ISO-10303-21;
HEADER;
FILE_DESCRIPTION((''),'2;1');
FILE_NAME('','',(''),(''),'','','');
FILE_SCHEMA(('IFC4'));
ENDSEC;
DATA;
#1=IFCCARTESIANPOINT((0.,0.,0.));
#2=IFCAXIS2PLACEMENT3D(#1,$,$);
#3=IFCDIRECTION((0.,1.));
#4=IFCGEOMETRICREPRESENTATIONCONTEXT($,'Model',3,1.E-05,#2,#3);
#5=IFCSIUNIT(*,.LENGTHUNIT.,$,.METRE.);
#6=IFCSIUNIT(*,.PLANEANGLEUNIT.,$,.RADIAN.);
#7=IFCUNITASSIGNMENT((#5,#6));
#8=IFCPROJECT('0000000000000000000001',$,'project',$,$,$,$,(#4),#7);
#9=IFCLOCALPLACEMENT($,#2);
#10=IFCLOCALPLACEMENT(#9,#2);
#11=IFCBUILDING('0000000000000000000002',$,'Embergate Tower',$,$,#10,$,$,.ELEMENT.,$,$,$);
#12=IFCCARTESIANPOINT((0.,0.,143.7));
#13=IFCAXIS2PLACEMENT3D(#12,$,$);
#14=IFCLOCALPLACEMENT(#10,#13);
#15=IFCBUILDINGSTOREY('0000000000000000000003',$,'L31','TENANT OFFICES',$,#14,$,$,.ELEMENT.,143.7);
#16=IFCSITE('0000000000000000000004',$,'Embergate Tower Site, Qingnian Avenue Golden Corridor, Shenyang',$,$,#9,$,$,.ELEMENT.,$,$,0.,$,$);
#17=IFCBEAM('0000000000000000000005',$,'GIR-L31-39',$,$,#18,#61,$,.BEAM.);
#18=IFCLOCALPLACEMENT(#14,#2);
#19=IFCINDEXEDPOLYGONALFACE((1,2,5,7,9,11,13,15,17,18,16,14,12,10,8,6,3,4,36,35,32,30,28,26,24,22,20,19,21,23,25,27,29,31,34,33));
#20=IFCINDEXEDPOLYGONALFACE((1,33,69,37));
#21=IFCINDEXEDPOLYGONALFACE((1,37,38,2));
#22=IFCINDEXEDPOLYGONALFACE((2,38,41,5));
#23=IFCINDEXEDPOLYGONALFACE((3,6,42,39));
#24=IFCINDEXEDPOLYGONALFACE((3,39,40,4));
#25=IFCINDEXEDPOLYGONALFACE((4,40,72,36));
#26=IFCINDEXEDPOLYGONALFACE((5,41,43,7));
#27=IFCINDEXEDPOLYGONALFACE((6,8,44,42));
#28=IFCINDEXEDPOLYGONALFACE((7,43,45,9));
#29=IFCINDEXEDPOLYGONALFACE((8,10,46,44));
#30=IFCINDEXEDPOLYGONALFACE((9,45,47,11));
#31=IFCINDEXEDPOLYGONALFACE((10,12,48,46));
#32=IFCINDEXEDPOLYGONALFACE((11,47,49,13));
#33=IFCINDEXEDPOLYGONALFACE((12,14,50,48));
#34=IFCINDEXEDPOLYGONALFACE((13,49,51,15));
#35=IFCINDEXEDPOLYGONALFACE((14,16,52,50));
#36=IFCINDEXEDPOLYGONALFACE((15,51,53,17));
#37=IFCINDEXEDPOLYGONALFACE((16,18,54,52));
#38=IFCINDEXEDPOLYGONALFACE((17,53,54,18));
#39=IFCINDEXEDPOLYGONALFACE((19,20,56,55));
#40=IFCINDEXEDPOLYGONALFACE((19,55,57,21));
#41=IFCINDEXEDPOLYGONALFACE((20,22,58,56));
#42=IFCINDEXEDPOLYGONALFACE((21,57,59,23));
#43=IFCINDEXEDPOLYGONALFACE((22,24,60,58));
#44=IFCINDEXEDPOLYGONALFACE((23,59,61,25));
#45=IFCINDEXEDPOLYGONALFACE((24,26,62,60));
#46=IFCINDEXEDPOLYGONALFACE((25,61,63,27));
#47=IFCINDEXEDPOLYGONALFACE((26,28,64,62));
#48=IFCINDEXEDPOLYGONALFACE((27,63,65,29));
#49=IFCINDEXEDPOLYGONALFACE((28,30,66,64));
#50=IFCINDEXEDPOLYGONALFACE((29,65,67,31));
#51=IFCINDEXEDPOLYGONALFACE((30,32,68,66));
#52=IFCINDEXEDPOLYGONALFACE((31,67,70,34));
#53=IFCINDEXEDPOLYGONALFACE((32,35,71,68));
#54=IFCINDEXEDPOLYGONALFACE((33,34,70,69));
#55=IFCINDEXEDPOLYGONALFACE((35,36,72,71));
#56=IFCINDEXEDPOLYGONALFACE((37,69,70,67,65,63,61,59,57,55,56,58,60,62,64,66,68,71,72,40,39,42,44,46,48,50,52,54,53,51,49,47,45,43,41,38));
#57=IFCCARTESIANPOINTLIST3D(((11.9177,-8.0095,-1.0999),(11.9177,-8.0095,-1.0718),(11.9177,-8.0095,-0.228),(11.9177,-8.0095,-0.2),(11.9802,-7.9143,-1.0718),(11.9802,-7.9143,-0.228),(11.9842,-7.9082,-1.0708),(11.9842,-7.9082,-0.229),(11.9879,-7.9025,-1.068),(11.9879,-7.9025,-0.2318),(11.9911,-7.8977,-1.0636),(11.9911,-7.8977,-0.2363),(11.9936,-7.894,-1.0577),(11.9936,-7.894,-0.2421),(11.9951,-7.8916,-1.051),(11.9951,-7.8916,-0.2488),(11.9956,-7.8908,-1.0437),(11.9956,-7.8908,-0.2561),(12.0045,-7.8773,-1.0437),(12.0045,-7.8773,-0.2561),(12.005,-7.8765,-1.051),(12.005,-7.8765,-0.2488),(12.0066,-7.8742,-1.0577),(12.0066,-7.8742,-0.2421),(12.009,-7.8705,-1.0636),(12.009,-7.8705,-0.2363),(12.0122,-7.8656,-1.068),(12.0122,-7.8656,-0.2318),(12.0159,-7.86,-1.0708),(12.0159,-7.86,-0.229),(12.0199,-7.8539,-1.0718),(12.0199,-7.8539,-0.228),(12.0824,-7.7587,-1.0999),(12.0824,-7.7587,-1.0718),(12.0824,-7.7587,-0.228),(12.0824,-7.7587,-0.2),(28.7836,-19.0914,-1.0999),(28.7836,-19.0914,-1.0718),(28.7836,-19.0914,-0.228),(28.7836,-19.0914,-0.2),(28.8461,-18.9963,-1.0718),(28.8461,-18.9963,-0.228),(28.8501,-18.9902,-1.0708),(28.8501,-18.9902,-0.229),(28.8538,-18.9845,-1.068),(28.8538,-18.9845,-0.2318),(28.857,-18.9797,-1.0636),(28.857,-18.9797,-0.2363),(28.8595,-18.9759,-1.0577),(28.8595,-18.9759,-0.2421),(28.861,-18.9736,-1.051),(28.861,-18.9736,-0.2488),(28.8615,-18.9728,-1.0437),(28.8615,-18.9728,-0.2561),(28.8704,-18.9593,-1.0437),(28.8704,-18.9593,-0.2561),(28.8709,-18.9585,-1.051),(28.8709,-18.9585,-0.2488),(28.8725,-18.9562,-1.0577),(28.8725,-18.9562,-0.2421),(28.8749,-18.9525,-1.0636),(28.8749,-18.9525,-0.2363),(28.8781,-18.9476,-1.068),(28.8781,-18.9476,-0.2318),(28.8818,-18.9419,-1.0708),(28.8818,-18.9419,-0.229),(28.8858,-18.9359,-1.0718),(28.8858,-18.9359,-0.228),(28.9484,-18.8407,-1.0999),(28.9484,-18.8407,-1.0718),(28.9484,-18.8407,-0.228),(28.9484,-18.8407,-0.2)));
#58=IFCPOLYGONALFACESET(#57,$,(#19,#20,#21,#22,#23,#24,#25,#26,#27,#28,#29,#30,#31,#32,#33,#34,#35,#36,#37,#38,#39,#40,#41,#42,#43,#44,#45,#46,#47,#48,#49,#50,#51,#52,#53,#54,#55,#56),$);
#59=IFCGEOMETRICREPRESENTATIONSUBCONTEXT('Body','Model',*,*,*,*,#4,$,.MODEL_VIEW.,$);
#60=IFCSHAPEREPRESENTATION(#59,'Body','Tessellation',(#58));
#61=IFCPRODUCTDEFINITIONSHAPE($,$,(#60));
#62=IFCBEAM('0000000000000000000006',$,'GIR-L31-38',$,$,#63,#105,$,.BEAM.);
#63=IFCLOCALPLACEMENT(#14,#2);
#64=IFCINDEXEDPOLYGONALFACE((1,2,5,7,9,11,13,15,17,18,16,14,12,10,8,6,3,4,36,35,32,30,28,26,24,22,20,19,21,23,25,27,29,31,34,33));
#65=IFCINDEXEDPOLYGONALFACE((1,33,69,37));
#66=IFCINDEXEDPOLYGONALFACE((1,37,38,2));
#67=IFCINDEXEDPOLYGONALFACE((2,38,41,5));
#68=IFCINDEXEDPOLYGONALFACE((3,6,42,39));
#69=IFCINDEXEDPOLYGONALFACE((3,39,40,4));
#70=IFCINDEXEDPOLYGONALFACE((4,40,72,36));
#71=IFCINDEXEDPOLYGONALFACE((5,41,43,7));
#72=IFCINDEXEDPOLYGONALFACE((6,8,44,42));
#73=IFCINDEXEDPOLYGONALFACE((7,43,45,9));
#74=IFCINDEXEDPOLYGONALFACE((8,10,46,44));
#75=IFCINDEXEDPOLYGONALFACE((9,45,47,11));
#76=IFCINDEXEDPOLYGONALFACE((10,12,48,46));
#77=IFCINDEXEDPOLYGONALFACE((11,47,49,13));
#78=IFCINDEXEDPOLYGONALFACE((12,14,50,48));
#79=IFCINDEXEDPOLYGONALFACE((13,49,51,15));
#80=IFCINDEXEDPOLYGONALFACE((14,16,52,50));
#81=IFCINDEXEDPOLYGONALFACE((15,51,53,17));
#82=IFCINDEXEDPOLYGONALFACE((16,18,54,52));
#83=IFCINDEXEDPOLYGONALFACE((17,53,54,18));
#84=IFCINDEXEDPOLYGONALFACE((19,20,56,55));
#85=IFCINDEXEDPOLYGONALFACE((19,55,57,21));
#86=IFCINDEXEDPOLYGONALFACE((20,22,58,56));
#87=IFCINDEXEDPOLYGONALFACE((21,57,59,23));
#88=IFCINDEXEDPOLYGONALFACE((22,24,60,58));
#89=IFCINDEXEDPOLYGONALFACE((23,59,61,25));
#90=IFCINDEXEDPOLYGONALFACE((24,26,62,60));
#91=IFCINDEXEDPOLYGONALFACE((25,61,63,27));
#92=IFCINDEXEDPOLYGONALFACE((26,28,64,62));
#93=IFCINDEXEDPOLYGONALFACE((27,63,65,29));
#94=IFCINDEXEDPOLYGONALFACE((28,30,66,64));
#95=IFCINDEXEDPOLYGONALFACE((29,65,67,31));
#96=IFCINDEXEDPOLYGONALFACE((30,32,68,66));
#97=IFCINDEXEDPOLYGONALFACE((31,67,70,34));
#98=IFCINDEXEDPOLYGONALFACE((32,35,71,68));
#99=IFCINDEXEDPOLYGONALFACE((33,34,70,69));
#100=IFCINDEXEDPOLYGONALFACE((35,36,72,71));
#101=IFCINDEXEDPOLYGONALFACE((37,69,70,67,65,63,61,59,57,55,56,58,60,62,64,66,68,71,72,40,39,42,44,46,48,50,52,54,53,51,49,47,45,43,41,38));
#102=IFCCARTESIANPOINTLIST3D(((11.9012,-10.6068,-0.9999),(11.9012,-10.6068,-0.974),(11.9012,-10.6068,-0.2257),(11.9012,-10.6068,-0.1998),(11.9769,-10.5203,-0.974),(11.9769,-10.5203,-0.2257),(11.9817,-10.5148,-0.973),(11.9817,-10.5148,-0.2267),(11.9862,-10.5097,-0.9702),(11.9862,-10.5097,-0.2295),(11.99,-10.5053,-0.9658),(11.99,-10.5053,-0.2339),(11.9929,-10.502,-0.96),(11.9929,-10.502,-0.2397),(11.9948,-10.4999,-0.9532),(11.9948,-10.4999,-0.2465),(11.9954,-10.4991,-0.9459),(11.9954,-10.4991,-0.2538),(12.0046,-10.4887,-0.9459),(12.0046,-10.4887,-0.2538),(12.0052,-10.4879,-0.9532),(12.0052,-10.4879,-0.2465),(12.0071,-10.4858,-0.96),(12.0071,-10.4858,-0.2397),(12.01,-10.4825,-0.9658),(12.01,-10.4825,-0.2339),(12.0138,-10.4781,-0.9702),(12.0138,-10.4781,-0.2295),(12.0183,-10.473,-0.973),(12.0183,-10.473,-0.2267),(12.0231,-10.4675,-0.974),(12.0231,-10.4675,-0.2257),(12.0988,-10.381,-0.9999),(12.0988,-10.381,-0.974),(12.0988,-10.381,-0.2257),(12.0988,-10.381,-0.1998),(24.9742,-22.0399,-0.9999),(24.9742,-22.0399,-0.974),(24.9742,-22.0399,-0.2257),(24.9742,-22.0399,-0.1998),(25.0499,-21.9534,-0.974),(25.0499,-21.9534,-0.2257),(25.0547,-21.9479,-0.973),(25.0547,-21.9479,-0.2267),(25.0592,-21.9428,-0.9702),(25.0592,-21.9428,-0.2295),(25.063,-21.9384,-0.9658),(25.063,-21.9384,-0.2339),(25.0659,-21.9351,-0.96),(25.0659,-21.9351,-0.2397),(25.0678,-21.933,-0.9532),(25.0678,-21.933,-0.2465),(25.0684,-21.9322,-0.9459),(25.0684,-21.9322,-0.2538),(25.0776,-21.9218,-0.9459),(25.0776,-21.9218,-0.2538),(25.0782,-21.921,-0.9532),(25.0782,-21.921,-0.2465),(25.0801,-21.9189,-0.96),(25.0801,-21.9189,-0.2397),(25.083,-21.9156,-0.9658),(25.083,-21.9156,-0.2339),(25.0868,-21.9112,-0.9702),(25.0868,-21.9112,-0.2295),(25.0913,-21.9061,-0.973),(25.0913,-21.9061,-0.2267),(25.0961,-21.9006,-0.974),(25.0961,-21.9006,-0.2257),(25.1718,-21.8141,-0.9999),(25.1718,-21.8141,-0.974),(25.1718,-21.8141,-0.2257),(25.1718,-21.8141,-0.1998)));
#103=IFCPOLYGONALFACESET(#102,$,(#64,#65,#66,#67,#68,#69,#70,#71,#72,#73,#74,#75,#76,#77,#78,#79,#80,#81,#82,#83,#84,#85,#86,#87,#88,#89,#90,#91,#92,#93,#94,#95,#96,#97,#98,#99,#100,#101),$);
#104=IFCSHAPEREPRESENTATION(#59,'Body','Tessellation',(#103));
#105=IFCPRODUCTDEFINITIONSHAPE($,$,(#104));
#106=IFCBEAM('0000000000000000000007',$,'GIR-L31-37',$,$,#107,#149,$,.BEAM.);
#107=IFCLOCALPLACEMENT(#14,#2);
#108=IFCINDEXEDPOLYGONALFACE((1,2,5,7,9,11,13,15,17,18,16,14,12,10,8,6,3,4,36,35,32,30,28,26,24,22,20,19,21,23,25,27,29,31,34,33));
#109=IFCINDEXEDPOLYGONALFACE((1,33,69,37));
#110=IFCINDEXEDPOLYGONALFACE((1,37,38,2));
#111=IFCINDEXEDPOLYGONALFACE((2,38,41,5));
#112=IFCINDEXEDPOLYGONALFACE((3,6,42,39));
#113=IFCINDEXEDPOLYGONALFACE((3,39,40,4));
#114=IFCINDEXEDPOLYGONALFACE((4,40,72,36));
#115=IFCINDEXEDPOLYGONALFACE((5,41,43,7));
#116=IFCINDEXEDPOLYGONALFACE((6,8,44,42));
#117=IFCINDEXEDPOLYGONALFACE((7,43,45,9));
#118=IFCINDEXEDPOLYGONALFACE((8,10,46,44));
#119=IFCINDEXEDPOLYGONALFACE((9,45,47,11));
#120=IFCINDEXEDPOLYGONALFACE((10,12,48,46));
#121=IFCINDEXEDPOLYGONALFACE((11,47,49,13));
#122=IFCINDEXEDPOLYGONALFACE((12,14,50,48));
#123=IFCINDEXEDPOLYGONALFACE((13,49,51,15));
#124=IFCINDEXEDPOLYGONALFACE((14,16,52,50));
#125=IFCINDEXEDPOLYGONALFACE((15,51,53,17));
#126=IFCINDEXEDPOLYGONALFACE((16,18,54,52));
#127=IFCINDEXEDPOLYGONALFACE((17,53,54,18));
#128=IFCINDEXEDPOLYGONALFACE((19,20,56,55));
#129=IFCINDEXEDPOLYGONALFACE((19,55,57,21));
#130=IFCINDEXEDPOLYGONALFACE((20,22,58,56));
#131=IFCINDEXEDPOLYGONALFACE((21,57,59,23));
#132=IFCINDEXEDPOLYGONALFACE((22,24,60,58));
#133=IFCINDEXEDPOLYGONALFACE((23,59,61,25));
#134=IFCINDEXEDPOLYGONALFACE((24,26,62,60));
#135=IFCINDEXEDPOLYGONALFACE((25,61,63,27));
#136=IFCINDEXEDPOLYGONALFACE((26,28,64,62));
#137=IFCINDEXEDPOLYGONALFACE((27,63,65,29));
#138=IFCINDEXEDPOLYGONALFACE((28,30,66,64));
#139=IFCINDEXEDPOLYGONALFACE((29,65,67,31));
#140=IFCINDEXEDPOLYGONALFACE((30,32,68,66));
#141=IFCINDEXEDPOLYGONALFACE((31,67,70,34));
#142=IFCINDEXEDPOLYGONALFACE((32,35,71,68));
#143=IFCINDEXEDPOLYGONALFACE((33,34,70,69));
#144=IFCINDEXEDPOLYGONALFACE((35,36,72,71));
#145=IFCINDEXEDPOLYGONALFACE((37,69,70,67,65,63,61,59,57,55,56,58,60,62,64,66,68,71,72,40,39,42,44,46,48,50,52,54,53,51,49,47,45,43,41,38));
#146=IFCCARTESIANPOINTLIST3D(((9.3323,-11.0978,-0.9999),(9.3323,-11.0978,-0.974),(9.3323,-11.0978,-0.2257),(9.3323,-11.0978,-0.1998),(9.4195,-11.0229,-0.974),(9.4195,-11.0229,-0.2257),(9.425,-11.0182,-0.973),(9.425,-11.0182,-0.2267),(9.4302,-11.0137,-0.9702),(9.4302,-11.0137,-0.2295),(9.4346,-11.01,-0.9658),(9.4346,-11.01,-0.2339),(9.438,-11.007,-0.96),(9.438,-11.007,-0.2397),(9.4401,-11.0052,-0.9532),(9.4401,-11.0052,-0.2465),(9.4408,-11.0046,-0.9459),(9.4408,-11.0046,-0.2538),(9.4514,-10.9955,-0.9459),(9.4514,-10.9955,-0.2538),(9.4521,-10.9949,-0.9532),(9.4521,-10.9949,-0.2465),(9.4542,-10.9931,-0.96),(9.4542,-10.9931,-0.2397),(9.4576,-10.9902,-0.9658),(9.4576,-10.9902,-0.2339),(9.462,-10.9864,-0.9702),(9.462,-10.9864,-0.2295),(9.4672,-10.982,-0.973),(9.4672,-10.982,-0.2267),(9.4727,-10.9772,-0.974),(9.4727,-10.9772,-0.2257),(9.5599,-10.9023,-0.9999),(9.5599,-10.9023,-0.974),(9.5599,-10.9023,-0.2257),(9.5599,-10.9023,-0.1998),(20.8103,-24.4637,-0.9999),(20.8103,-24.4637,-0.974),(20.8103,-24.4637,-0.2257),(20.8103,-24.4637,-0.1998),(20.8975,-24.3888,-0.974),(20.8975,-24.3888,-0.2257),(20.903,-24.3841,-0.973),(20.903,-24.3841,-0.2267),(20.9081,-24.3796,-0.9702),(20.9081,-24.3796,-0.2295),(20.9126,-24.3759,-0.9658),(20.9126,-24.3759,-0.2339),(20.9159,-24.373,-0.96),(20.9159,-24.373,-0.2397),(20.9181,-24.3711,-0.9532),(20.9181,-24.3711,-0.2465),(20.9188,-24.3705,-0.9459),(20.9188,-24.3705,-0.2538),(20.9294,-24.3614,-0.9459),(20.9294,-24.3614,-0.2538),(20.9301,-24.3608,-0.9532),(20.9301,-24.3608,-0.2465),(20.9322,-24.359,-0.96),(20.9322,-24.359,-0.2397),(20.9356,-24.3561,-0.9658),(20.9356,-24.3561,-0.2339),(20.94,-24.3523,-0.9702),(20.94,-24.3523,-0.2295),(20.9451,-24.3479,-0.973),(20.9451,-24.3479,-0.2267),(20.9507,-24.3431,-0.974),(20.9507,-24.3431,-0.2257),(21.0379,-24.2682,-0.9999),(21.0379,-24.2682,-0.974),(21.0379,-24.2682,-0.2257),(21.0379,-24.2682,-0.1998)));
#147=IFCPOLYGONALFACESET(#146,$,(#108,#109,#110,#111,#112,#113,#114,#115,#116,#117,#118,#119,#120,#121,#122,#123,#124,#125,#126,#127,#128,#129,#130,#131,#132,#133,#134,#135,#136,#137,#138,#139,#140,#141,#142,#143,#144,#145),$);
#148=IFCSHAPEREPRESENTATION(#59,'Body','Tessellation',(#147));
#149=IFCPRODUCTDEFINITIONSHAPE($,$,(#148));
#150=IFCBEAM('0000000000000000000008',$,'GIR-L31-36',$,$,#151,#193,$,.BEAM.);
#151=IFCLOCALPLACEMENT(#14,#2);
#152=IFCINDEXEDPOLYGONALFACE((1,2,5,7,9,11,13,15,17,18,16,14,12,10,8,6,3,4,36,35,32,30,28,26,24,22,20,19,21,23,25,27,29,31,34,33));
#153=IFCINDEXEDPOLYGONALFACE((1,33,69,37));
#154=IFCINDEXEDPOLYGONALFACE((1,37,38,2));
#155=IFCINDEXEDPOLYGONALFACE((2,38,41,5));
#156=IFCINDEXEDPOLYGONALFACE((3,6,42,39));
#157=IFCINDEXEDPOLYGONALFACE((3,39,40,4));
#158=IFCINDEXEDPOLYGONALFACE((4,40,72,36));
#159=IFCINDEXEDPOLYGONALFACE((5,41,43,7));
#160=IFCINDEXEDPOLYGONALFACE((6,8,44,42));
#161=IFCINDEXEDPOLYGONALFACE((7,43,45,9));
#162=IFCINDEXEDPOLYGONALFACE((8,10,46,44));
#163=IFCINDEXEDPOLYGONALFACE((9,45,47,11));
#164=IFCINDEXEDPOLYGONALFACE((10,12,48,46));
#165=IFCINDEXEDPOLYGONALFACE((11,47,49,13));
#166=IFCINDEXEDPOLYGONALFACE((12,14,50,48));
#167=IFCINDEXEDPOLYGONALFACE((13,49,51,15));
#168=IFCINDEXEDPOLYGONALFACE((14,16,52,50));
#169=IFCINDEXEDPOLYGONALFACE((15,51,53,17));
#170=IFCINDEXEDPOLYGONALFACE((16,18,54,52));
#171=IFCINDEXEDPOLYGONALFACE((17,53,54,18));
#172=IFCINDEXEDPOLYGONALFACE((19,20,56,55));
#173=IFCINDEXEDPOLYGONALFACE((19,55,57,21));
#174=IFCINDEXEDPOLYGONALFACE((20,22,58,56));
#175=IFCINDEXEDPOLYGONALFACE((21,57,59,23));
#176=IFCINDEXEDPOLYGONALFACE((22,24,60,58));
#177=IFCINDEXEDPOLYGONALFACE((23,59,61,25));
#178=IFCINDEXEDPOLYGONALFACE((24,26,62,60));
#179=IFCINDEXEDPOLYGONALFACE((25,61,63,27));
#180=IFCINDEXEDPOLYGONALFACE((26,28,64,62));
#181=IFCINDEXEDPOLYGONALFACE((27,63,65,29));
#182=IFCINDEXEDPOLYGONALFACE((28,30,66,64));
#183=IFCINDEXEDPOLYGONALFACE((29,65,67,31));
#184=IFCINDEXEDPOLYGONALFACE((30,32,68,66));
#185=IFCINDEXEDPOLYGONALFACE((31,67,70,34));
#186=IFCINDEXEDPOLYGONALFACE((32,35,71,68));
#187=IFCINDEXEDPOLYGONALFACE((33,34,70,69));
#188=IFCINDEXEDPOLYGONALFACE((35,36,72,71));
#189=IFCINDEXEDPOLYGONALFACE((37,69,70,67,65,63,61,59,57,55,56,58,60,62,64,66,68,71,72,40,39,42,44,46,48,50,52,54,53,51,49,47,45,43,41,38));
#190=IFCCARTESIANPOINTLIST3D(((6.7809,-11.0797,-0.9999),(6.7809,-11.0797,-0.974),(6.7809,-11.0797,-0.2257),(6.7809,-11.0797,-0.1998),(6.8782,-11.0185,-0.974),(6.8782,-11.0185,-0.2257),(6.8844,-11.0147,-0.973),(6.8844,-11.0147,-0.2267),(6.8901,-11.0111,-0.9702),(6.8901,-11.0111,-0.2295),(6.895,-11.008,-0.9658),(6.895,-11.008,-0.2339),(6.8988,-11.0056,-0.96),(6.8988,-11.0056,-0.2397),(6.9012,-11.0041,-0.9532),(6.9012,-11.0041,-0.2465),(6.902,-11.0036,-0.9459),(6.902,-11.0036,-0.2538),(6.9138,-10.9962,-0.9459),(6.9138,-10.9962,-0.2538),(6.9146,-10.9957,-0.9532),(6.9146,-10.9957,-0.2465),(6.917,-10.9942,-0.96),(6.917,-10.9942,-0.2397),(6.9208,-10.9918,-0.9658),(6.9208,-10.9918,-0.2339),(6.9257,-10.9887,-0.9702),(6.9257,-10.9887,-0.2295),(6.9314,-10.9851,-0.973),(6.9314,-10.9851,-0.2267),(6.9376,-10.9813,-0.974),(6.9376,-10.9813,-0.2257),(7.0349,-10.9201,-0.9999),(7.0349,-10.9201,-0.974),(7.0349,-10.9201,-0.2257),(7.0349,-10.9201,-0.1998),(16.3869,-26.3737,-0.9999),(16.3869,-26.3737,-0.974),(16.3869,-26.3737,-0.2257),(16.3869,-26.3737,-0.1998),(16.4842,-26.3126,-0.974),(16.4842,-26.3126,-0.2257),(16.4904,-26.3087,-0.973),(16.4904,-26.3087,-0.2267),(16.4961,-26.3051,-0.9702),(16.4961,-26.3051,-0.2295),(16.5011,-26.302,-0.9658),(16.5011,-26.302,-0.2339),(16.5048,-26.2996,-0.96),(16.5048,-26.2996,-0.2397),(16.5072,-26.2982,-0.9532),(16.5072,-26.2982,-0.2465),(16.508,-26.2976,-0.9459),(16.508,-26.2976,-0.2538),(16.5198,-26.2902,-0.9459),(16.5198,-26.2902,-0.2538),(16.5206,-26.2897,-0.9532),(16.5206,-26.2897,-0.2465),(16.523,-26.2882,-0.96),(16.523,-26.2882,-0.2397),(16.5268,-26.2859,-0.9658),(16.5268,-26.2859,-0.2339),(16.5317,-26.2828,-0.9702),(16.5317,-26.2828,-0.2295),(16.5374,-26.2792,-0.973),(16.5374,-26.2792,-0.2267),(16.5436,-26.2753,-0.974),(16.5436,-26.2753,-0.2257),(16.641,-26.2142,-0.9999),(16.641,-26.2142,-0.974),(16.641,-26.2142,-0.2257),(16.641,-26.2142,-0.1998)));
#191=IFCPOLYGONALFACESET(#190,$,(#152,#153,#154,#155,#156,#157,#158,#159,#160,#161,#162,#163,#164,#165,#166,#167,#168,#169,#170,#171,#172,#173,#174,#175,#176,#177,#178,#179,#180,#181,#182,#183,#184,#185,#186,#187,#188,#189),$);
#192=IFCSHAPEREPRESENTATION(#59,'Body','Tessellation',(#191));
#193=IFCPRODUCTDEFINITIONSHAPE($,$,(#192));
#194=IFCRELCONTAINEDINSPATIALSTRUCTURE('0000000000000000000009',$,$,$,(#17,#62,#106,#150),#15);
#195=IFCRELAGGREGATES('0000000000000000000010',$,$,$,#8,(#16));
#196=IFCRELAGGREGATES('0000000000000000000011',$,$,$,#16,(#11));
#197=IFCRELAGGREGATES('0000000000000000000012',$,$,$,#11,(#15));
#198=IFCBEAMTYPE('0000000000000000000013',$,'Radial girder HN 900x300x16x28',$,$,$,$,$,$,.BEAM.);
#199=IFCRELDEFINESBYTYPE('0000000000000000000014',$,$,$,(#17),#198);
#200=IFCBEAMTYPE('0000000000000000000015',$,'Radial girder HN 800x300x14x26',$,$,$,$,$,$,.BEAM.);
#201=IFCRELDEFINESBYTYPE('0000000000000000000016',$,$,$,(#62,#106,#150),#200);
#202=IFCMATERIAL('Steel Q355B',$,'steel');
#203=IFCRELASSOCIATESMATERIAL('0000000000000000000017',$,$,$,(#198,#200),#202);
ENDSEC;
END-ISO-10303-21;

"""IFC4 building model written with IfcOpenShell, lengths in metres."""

from ifc_helpers import new_model, si_unit, direction, frame, origin, origin_2d, place, context, subcontext, project, spatial, i_section, extrude, source, transform, mapped, material, material_profile, profile_set, type_object, element, save


model = new_model("IFC4")

# Units and contexts
model_context = context("Model", 3, precision=1e-05, world=origin(), true_north=direction((0.0, 1.0)))
body_context = subcontext(model_context, "Body", "Model", "MODEL_VIEW")
ifc_project = project(units=[si_unit("LENGTHUNIT", "METRE"), si_unit("PLANEANGLEUNIT", "RADIAN")], contexts=[model_context])

# Site, building, storey
site_placement = place(None, origin())
site = spatial("IfcSite", under=ifc_project, at=site_placement, Name="Embergate Tower Site, Qingnian Avenue Golden Corridor, Shenyang", CompositionType="ELEMENT", RefElevation=0.0)
building_placement = place(site_placement, origin())
building = spatial("IfcBuilding", under=site, at=building_placement, Name="Embergate Tower", CompositionType="ELEMENT")
storey_placement = place(building_placement, frame((0.0, 0.0, 143.7)))
storey = spatial("IfcBuildingStorey", under=building, at=storey_placement, Name="L31", Description="TENANT OFFICES", CompositionType="ELEMENT", Elevation=143.7)

# Beams
ifc_material_1 = material(Name="Steel Q355B", Category="steel")
ifc_material_profile_1 = material_profile(ifc_material_1, i_section(OverallWidth=0.3, OverallDepth=0.8999, WebThickness=0.0161, FlangeThickness=0.0281, FilletRadius=0.0281, at=origin_2d()), Name="HN 900x300x16x28")
ifc_profile_set_1 = profile_set([ifc_material_profile_1], Name="Steel Q355 grade B")
beam_type_1 = type_object("IfcBeamType", Name="Radial girder HN 900x300x16x28", PredefinedType="BEAM", material=ifc_profile_set_1)
shared_shape_1 = source(origin(), body_context, "Body", "SweptSolid", [
    extrude(i_section(OverallWidth=0.3, OverallDepth=0.8999, WebThickness=0.0161, FlangeThickness=0.0281, FilletRadius=0.0281, at=origin_2d()), origin(), (0.0, 0.0, 1.0), 20.1809),
])
beam_1_placement = place(storey_placement, frame((28.866, -18.9661, -0.6499), z_axis=(-0.835735, 0.549132, 0.0), x_axis=(-0.549132, -0.835735, 0.0)))
element("IfcBeam", 1, at=beam_1_placement, inside=storey, type_object=beam_type_1, Name="GIR-L31-39", PredefinedType="BEAM", context=body_context, shape_type="MappedRepresentation", body=[
    mapped(shared_shape_1, transform((0.0, 0.0, 0.0))),
])
ifc_material_profile_2 = material_profile(ifc_material_1, i_section(OverallWidth=0.3, OverallDepth=0.8, WebThickness=0.0139, FlangeThickness=0.0259, FilletRadius=0.0281, at=origin_2d()), Name="HN 800x300x14x26")
ifc_profile_set_2 = profile_set([ifc_material_profile_2], Name="Steel Q355 grade B")
beam_type_2 = type_object("IfcBeamType", Name="Radial girder HN 800x300x14x26", PredefinedType="BEAM", material=ifc_profile_set_2)
shared_shape_2 = source(origin(), body_context, "Body", "SweptSolid", [
    extrude(i_section(OverallWidth=0.3, OverallDepth=0.8, WebThickness=0.0139, FlangeThickness=0.0259, FilletRadius=0.0281, at=origin_2d()), origin(), (0.0, 0.0, 1.0), 17.3672),
])
beam_2_placement = place(storey_placement, frame((25.073, -21.927, -0.5999), z_axis=(-0.752741, 0.658316, 0.0), x_axis=(-0.658316, -0.752741, 0.0)))
element("IfcBeam", 2, at=beam_2_placement, inside=storey, type_object=beam_type_2, Name="GIR-L31-38", PredefinedType="BEAM", context=body_context, shape_type="MappedRepresentation", body=[
    mapped(shared_shape_2, transform((0.0, 0.0, 0.0))),
])
shared_shape_3 = source(origin(), body_context, "Body", "SweptSolid", [
    extrude(i_section(OverallWidth=0.3, OverallDepth=0.8, WebThickness=0.0139, FlangeThickness=0.0259, FilletRadius=0.0281, at=origin_2d()), origin(), (0.0, 0.0, 1.0), 17.6179),
])
beam_3_placement = place(storey_placement, frame((20.9241, -24.366, -0.5999), z_axis=(-0.651494, 0.758654, 0.0), x_axis=(-0.758654, -0.651494, 0.0)))
element("IfcBeam", 3, at=beam_3_placement, inside=storey, type_object=beam_type_2, Name="GIR-L31-37", PredefinedType="BEAM", context=body_context, shape_type="MappedRepresentation", body=[
    mapped(shared_shape_3, transform((0.0, 0.0, 0.0))),
])
shared_shape_4 = source(origin(), body_context, "Body", "SweptSolid", [
    extrude(i_section(OverallWidth=0.3, OverallDepth=0.8, WebThickness=0.0139, FlangeThickness=0.0259, FilletRadius=0.0281, at=origin_2d()), origin(), (0.0, 0.0, 1.0), 18.0605),
])
beam_4_placement = place(storey_placement, frame((16.5139, -26.2939, -0.5999), z_axis=(-0.531879, 0.846821, 0.0), x_axis=(-0.846821, -0.531879, 0.0)))
element("IfcBeam", 4, at=beam_4_placement, inside=storey, type_object=beam_type_2, Name="GIR-L31-36", PredefinedType="BEAM", context=body_context, shape_type="MappedRepresentation", body=[
    mapped(shared_shape_4, transform((0.0, 0.0, 0.0))),
])

save(model, "model.ifc")
